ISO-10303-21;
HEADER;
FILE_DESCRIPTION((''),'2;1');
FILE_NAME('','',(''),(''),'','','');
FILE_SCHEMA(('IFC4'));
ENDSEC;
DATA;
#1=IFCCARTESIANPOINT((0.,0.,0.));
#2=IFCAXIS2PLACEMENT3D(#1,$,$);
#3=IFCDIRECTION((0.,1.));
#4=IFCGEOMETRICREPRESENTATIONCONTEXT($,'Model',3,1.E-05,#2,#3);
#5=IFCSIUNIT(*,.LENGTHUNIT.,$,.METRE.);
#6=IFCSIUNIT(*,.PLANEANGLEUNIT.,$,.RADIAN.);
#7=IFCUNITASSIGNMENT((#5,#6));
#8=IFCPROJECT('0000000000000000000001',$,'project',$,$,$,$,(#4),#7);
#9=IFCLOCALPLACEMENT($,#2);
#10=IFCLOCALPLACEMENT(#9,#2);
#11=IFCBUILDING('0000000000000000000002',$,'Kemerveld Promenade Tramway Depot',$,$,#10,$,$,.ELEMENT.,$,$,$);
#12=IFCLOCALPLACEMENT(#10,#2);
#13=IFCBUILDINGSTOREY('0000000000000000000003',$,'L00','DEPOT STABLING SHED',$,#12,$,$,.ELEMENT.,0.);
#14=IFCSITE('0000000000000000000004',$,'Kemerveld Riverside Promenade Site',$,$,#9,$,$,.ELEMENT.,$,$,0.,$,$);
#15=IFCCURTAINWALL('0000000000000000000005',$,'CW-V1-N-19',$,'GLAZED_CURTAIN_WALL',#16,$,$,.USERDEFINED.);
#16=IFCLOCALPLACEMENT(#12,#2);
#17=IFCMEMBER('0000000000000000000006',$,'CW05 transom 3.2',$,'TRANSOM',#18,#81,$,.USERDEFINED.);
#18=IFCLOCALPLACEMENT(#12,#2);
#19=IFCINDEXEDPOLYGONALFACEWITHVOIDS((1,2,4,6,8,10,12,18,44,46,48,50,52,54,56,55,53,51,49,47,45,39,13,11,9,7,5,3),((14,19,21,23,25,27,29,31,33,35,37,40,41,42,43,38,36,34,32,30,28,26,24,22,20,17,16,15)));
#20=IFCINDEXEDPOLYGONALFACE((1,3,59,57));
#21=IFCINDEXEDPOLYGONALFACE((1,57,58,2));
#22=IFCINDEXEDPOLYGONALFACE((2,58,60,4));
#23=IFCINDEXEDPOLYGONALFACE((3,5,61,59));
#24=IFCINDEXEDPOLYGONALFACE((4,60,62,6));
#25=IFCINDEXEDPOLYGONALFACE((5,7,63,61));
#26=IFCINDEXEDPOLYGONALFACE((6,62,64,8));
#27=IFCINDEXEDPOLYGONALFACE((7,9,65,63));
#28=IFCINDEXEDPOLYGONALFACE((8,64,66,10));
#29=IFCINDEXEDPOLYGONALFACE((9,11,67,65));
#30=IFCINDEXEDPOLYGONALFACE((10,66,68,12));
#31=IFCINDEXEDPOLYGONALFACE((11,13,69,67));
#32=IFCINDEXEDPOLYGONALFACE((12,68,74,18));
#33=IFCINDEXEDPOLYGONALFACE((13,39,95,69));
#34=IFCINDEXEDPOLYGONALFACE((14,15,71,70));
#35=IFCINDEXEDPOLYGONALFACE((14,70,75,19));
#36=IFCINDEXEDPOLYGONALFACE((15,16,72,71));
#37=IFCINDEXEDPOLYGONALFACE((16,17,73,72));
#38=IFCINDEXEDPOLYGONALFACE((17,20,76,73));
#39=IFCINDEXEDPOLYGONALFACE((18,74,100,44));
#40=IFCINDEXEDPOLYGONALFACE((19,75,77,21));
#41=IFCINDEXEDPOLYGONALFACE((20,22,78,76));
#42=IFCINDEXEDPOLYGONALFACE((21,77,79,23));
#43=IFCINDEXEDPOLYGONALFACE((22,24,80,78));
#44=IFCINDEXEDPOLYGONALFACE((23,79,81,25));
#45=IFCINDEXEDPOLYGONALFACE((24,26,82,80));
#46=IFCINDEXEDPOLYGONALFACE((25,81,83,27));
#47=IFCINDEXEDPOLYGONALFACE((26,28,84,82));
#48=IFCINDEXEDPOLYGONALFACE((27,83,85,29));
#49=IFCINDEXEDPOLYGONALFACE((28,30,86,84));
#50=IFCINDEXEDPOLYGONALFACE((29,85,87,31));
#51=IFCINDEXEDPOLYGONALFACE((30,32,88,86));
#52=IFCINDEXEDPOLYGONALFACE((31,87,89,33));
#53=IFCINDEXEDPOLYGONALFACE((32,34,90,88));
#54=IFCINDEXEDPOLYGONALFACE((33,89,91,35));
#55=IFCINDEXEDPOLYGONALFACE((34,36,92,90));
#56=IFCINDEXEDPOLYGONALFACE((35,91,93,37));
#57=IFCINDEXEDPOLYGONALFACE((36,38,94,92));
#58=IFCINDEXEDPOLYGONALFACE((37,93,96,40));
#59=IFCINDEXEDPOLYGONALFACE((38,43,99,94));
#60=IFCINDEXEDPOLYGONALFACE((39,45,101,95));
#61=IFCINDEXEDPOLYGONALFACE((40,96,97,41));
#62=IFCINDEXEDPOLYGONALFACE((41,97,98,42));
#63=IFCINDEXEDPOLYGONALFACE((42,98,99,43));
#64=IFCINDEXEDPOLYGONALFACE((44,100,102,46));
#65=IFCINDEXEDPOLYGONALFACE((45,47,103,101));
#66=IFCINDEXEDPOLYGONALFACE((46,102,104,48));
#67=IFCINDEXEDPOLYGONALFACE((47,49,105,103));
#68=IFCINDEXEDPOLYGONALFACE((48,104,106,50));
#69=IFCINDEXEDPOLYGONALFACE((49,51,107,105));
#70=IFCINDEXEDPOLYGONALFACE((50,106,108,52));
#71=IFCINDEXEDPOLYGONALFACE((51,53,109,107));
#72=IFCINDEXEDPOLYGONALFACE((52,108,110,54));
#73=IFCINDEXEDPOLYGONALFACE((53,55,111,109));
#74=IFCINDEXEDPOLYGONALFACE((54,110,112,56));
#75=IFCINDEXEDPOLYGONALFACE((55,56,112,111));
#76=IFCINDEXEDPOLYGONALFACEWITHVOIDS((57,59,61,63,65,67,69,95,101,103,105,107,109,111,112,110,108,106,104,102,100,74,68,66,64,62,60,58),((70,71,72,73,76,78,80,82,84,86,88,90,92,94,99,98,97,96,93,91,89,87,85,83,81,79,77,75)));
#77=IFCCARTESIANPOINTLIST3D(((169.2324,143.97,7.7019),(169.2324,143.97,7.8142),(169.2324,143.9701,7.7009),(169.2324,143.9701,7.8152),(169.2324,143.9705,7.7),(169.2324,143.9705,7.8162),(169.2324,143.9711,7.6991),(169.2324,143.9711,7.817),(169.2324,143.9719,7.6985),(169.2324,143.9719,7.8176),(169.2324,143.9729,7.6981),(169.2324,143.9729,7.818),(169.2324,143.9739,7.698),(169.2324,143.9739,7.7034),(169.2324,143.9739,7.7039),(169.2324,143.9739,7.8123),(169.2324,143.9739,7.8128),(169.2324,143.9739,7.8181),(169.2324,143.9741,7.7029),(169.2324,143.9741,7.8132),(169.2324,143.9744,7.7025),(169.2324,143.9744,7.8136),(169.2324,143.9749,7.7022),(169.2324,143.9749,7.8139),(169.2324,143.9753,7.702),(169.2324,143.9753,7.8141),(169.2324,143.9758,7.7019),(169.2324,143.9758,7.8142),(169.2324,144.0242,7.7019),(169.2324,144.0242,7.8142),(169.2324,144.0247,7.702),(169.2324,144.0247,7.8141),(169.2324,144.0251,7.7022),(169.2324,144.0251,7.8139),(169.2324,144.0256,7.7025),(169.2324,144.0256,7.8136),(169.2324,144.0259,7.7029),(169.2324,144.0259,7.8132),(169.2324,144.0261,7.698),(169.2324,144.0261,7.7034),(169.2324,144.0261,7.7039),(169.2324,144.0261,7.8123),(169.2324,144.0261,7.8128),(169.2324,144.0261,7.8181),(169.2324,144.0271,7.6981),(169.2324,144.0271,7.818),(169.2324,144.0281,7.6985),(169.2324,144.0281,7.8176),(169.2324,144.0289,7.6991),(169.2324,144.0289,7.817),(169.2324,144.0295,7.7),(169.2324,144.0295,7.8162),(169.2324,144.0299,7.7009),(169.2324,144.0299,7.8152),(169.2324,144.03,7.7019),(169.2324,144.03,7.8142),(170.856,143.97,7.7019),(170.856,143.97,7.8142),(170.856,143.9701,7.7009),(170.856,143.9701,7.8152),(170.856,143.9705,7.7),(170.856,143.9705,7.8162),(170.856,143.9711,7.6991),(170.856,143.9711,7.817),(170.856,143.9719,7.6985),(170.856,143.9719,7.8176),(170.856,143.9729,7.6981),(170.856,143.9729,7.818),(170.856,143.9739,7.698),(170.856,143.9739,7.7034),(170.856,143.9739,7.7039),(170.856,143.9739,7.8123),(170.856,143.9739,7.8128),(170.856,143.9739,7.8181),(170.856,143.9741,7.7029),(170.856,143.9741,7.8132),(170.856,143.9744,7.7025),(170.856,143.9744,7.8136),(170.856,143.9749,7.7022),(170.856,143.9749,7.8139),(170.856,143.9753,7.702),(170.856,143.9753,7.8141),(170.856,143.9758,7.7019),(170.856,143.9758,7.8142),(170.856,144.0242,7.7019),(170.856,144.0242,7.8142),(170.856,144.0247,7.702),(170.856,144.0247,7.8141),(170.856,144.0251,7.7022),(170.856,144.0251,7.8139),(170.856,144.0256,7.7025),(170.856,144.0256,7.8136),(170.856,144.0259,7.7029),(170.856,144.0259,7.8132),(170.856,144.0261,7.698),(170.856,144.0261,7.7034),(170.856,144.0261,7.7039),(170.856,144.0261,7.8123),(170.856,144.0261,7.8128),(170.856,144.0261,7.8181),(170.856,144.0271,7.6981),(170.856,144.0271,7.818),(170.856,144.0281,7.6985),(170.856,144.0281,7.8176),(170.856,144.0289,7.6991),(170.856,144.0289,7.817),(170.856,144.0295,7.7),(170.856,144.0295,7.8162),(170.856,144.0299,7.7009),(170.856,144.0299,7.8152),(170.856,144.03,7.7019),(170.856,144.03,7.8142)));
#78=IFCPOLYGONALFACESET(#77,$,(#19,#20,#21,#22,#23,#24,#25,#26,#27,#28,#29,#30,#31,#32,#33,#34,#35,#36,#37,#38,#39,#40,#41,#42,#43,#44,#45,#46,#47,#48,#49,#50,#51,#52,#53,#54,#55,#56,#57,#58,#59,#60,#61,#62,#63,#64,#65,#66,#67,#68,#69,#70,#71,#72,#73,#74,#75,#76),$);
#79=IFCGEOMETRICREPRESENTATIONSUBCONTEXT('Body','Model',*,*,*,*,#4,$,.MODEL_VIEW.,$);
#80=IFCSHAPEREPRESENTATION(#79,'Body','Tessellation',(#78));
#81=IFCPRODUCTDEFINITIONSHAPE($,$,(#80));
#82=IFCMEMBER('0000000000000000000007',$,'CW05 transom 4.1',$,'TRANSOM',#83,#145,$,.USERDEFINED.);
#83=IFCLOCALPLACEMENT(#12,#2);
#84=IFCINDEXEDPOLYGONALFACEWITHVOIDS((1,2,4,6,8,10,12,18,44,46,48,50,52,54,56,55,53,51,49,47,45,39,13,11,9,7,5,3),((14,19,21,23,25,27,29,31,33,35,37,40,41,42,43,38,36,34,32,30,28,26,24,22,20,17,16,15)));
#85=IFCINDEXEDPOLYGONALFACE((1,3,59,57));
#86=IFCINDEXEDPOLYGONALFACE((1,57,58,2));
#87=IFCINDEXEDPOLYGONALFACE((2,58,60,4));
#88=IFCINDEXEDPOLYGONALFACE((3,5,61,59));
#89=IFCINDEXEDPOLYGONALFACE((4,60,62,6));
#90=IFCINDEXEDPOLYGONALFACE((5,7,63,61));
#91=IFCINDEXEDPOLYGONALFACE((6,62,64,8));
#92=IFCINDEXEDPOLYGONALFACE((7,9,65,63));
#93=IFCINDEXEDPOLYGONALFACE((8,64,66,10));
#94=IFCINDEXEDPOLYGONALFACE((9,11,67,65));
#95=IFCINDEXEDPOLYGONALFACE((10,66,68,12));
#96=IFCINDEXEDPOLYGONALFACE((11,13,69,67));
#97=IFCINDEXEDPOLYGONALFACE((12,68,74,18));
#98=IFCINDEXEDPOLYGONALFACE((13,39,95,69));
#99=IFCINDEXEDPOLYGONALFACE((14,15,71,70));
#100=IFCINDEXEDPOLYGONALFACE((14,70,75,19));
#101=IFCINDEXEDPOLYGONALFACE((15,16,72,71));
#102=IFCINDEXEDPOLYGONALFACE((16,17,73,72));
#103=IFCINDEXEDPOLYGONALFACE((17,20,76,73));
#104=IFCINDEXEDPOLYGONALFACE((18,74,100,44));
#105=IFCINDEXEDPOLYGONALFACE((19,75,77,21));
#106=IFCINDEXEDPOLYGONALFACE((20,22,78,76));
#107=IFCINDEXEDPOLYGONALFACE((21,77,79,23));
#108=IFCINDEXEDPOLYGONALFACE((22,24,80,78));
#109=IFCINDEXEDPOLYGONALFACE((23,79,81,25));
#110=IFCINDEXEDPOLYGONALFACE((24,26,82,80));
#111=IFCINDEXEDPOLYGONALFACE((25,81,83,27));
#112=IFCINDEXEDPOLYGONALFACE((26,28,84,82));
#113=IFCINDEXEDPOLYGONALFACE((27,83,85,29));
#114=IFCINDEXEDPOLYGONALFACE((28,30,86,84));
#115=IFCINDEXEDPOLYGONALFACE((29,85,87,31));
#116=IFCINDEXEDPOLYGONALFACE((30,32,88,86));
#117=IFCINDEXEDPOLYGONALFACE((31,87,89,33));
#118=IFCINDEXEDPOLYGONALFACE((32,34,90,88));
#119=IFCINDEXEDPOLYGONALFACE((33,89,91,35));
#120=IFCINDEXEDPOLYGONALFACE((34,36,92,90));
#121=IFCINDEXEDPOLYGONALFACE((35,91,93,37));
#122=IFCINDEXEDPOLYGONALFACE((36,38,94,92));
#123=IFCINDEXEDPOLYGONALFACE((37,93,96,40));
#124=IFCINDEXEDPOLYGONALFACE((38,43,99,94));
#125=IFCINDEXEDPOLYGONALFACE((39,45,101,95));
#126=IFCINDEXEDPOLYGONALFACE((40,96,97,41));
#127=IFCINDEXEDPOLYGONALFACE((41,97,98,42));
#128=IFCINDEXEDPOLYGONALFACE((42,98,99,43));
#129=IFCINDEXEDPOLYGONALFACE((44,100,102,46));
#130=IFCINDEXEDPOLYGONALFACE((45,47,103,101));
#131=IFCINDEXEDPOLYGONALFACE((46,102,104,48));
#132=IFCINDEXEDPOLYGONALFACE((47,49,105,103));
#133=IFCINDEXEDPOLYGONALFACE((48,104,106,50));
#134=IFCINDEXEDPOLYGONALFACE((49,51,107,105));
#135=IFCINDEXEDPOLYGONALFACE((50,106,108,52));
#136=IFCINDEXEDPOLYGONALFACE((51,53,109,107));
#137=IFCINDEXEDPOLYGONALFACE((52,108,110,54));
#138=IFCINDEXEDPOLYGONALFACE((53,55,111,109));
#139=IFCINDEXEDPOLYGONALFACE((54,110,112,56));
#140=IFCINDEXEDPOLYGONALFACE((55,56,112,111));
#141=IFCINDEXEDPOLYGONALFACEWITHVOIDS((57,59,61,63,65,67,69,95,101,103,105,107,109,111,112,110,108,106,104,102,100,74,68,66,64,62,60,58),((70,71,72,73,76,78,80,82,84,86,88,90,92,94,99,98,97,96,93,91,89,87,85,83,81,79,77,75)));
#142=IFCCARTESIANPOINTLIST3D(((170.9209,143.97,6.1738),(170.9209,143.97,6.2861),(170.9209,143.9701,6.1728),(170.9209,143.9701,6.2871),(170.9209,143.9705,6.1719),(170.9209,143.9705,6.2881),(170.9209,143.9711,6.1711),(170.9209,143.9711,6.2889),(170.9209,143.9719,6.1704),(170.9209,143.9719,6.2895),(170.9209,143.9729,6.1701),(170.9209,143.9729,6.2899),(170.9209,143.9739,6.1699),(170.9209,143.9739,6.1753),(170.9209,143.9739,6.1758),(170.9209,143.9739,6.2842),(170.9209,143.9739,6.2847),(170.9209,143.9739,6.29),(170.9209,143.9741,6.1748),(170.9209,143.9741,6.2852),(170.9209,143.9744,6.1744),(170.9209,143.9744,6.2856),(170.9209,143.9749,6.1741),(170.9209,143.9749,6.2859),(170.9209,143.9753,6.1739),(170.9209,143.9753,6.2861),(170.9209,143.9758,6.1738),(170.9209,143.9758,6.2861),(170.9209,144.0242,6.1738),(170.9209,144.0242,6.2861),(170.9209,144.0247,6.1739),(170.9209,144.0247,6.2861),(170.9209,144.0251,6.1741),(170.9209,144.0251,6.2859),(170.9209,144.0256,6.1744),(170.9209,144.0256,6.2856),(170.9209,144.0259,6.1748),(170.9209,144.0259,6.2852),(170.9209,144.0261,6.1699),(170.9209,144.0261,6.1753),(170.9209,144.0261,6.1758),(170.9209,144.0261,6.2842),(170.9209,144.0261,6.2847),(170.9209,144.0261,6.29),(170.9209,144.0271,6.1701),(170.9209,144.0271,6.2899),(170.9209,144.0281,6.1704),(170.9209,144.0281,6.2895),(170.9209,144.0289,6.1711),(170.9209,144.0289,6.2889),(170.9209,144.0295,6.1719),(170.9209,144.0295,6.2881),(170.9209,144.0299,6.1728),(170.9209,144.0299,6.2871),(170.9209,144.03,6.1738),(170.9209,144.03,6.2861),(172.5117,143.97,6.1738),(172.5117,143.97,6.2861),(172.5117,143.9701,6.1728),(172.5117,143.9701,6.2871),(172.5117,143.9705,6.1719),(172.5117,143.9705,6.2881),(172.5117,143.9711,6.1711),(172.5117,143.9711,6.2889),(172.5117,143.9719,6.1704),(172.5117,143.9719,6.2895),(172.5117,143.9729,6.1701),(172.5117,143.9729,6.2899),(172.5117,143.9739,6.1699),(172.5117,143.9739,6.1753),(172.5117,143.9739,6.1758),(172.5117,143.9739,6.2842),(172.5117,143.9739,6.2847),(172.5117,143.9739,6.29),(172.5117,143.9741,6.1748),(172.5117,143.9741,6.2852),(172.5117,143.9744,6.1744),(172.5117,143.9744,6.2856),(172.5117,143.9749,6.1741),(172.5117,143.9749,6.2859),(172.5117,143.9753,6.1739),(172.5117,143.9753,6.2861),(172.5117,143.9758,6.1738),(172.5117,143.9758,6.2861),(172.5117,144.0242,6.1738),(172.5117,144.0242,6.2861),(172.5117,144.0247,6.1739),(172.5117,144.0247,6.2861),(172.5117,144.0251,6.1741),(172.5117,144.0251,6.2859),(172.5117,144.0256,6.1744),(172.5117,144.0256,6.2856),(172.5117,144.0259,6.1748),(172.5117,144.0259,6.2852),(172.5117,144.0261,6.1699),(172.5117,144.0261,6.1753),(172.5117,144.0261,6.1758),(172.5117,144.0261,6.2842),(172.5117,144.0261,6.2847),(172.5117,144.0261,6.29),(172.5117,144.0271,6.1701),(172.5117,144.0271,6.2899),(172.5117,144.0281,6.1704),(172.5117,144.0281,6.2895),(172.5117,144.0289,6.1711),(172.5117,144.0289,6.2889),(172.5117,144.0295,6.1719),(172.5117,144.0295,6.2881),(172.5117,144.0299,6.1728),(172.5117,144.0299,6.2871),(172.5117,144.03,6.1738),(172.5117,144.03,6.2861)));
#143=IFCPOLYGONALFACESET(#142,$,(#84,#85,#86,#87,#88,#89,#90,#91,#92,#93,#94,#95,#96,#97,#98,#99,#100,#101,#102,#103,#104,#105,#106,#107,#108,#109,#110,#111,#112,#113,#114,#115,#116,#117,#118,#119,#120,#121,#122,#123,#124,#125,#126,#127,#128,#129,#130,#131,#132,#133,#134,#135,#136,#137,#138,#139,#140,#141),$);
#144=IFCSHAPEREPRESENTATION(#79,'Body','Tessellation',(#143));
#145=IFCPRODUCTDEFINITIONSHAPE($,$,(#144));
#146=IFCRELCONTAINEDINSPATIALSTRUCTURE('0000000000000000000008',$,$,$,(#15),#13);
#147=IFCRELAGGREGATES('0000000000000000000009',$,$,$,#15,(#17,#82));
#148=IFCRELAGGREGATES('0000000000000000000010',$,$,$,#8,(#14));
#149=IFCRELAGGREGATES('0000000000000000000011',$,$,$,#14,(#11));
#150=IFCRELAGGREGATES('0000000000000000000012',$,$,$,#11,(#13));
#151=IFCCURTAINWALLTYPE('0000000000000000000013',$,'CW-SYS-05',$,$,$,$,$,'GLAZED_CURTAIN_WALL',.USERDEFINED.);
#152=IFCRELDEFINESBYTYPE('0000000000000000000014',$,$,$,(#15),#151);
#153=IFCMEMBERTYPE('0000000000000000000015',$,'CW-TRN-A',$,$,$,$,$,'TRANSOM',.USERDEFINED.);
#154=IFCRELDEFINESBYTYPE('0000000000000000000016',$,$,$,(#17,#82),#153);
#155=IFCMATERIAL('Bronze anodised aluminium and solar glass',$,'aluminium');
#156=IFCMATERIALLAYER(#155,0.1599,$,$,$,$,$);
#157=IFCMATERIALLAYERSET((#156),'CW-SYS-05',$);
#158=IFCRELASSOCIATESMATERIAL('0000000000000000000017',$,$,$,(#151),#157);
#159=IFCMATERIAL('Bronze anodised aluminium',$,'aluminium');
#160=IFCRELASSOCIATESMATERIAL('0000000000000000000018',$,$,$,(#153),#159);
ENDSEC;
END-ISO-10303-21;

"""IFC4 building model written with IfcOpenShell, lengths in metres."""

from ifc_helpers import new_model, si_unit, direction, frame, origin, origin_2d, place, context, subcontext, project, spatial, hollow_rectangle, extrude, material, layer, layer_set, material_profile, profile_set, type_object, element, aggregate, save


model = new_model("IFC4")

# Units and contexts
model_context = context("Model", 3, precision=1e-05, world=origin(), true_north=direction((0.0, 1.0)))
body_context = subcontext(model_context, "Body", "Model", "MODEL_VIEW")
ifc_project = project(units=[si_unit("LENGTHUNIT", "METRE"), si_unit("PLANEANGLEUNIT", "RADIAN")], contexts=[model_context])

# Site, building, storey
site_placement = place(None, origin())
site = spatial("IfcSite", under=ifc_project, at=site_placement, Name="Kemerveld Riverside Promenade Site", CompositionType="ELEMENT", RefElevation=0.0)
building_placement = place(site_placement, origin())
building = spatial("IfcBuilding", under=site, at=building_placement, Name="Kemerveld Promenade Tramway Depot", CompositionType="ELEMENT")
storey_placement = place(building_placement, origin())
storey = spatial("IfcBuildingStorey", under=building, at=storey_placement, Name="L00", Description="DEPOT STABLING SHED", CompositionType="ELEMENT", Elevation=0.0)

# Curtain wall
ifc_material_1 = material(Name="Bronze anodised aluminium and solar glass", Category="aluminium")
ifc_layer_1 = layer(ifc_material_1, 0.1599)
ifc_layer_set_1 = layer_set([ifc_layer_1], Name="CW-SYS-05")
curtain_wall_type_1 = type_object("IfcCurtainWallType", Name="CW-SYS-05", ElementType="GLAZED_CURTAIN_WALL", PredefinedType="USERDEFINED", material=ifc_layer_set_1)
curtain_wall_1_placement = place(storey_placement, origin())
curtain_wall_1 = element("IfcCurtainWall", 1, at=curtain_wall_1_placement, inside=storey, type_object=curtain_wall_type_1, Name="CW-V1-N-19", ObjectType="GLAZED_CURTAIN_WALL", PredefinedType="USERDEFINED")
ifc_material_2 = material(Name="Bronze anodised aluminium", Category="aluminium")

# Members
ifc_material_profile_1 = material_profile(ifc_material_2, hollow_rectangle(XDim=0.0601, YDim=0.1201, WallThickness=0.0039, InnerFilletRadius=0.002, OuterFilletRadius=0.0039, at=origin_2d()), Name="CW-TRN-120x60")
ifc_profile_set_1 = profile_set([ifc_material_profile_1], Name="Bronze anodised aluminium")
member_type_1 = type_object("IfcMemberType", Name="CW-TRN-A", ElementType="TRANSOM", PredefinedType="USERDEFINED", material=ifc_profile_set_1)
member_1_placement = place(storey_placement, frame((169.2324, 144.0, 7.7581), z_axis=(1.0, 0.0, 0.0), x_axis=(0.0, 1.0, 0.0)))
member_1 = element("IfcMember", 2, at=member_1_placement, type_object=member_type_1, Name="CW05 transom 3.2", ObjectType="TRANSOM", PredefinedType="USERDEFINED", context=body_context, shape_type="SweptSolid", body=[
    extrude(hollow_rectangle(XDim=0.0601, YDim=0.1201, WallThickness=0.0039, InnerFilletRadius=0.002, OuterFilletRadius=0.0039, at=origin_2d()), origin(), (0.0, 0.0, 1.0), 1.6235),
])
member_2_placement = place(storey_placement, frame((170.9209, 144.0, 6.23), z_axis=(1.0, 0.0, 0.0), x_axis=(0.0, 1.0, 0.0)))
member_2 = element("IfcMember", 3, at=member_2_placement, type_object=member_type_1, Name="CW05 transom 4.1", ObjectType="TRANSOM", PredefinedType="USERDEFINED", context=body_context, shape_type="SweptSolid", body=[
    extrude(hollow_rectangle(XDim=0.0601, YDim=0.1201, WallThickness=0.0039, InnerFilletRadius=0.002, OuterFilletRadius=0.0039, at=origin_2d()), origin(), (0.0, 0.0, 1.0), 1.5908),
])

aggregate(curtain_wall_1, [member_1, member_2])

save(model, "model.ifc")
